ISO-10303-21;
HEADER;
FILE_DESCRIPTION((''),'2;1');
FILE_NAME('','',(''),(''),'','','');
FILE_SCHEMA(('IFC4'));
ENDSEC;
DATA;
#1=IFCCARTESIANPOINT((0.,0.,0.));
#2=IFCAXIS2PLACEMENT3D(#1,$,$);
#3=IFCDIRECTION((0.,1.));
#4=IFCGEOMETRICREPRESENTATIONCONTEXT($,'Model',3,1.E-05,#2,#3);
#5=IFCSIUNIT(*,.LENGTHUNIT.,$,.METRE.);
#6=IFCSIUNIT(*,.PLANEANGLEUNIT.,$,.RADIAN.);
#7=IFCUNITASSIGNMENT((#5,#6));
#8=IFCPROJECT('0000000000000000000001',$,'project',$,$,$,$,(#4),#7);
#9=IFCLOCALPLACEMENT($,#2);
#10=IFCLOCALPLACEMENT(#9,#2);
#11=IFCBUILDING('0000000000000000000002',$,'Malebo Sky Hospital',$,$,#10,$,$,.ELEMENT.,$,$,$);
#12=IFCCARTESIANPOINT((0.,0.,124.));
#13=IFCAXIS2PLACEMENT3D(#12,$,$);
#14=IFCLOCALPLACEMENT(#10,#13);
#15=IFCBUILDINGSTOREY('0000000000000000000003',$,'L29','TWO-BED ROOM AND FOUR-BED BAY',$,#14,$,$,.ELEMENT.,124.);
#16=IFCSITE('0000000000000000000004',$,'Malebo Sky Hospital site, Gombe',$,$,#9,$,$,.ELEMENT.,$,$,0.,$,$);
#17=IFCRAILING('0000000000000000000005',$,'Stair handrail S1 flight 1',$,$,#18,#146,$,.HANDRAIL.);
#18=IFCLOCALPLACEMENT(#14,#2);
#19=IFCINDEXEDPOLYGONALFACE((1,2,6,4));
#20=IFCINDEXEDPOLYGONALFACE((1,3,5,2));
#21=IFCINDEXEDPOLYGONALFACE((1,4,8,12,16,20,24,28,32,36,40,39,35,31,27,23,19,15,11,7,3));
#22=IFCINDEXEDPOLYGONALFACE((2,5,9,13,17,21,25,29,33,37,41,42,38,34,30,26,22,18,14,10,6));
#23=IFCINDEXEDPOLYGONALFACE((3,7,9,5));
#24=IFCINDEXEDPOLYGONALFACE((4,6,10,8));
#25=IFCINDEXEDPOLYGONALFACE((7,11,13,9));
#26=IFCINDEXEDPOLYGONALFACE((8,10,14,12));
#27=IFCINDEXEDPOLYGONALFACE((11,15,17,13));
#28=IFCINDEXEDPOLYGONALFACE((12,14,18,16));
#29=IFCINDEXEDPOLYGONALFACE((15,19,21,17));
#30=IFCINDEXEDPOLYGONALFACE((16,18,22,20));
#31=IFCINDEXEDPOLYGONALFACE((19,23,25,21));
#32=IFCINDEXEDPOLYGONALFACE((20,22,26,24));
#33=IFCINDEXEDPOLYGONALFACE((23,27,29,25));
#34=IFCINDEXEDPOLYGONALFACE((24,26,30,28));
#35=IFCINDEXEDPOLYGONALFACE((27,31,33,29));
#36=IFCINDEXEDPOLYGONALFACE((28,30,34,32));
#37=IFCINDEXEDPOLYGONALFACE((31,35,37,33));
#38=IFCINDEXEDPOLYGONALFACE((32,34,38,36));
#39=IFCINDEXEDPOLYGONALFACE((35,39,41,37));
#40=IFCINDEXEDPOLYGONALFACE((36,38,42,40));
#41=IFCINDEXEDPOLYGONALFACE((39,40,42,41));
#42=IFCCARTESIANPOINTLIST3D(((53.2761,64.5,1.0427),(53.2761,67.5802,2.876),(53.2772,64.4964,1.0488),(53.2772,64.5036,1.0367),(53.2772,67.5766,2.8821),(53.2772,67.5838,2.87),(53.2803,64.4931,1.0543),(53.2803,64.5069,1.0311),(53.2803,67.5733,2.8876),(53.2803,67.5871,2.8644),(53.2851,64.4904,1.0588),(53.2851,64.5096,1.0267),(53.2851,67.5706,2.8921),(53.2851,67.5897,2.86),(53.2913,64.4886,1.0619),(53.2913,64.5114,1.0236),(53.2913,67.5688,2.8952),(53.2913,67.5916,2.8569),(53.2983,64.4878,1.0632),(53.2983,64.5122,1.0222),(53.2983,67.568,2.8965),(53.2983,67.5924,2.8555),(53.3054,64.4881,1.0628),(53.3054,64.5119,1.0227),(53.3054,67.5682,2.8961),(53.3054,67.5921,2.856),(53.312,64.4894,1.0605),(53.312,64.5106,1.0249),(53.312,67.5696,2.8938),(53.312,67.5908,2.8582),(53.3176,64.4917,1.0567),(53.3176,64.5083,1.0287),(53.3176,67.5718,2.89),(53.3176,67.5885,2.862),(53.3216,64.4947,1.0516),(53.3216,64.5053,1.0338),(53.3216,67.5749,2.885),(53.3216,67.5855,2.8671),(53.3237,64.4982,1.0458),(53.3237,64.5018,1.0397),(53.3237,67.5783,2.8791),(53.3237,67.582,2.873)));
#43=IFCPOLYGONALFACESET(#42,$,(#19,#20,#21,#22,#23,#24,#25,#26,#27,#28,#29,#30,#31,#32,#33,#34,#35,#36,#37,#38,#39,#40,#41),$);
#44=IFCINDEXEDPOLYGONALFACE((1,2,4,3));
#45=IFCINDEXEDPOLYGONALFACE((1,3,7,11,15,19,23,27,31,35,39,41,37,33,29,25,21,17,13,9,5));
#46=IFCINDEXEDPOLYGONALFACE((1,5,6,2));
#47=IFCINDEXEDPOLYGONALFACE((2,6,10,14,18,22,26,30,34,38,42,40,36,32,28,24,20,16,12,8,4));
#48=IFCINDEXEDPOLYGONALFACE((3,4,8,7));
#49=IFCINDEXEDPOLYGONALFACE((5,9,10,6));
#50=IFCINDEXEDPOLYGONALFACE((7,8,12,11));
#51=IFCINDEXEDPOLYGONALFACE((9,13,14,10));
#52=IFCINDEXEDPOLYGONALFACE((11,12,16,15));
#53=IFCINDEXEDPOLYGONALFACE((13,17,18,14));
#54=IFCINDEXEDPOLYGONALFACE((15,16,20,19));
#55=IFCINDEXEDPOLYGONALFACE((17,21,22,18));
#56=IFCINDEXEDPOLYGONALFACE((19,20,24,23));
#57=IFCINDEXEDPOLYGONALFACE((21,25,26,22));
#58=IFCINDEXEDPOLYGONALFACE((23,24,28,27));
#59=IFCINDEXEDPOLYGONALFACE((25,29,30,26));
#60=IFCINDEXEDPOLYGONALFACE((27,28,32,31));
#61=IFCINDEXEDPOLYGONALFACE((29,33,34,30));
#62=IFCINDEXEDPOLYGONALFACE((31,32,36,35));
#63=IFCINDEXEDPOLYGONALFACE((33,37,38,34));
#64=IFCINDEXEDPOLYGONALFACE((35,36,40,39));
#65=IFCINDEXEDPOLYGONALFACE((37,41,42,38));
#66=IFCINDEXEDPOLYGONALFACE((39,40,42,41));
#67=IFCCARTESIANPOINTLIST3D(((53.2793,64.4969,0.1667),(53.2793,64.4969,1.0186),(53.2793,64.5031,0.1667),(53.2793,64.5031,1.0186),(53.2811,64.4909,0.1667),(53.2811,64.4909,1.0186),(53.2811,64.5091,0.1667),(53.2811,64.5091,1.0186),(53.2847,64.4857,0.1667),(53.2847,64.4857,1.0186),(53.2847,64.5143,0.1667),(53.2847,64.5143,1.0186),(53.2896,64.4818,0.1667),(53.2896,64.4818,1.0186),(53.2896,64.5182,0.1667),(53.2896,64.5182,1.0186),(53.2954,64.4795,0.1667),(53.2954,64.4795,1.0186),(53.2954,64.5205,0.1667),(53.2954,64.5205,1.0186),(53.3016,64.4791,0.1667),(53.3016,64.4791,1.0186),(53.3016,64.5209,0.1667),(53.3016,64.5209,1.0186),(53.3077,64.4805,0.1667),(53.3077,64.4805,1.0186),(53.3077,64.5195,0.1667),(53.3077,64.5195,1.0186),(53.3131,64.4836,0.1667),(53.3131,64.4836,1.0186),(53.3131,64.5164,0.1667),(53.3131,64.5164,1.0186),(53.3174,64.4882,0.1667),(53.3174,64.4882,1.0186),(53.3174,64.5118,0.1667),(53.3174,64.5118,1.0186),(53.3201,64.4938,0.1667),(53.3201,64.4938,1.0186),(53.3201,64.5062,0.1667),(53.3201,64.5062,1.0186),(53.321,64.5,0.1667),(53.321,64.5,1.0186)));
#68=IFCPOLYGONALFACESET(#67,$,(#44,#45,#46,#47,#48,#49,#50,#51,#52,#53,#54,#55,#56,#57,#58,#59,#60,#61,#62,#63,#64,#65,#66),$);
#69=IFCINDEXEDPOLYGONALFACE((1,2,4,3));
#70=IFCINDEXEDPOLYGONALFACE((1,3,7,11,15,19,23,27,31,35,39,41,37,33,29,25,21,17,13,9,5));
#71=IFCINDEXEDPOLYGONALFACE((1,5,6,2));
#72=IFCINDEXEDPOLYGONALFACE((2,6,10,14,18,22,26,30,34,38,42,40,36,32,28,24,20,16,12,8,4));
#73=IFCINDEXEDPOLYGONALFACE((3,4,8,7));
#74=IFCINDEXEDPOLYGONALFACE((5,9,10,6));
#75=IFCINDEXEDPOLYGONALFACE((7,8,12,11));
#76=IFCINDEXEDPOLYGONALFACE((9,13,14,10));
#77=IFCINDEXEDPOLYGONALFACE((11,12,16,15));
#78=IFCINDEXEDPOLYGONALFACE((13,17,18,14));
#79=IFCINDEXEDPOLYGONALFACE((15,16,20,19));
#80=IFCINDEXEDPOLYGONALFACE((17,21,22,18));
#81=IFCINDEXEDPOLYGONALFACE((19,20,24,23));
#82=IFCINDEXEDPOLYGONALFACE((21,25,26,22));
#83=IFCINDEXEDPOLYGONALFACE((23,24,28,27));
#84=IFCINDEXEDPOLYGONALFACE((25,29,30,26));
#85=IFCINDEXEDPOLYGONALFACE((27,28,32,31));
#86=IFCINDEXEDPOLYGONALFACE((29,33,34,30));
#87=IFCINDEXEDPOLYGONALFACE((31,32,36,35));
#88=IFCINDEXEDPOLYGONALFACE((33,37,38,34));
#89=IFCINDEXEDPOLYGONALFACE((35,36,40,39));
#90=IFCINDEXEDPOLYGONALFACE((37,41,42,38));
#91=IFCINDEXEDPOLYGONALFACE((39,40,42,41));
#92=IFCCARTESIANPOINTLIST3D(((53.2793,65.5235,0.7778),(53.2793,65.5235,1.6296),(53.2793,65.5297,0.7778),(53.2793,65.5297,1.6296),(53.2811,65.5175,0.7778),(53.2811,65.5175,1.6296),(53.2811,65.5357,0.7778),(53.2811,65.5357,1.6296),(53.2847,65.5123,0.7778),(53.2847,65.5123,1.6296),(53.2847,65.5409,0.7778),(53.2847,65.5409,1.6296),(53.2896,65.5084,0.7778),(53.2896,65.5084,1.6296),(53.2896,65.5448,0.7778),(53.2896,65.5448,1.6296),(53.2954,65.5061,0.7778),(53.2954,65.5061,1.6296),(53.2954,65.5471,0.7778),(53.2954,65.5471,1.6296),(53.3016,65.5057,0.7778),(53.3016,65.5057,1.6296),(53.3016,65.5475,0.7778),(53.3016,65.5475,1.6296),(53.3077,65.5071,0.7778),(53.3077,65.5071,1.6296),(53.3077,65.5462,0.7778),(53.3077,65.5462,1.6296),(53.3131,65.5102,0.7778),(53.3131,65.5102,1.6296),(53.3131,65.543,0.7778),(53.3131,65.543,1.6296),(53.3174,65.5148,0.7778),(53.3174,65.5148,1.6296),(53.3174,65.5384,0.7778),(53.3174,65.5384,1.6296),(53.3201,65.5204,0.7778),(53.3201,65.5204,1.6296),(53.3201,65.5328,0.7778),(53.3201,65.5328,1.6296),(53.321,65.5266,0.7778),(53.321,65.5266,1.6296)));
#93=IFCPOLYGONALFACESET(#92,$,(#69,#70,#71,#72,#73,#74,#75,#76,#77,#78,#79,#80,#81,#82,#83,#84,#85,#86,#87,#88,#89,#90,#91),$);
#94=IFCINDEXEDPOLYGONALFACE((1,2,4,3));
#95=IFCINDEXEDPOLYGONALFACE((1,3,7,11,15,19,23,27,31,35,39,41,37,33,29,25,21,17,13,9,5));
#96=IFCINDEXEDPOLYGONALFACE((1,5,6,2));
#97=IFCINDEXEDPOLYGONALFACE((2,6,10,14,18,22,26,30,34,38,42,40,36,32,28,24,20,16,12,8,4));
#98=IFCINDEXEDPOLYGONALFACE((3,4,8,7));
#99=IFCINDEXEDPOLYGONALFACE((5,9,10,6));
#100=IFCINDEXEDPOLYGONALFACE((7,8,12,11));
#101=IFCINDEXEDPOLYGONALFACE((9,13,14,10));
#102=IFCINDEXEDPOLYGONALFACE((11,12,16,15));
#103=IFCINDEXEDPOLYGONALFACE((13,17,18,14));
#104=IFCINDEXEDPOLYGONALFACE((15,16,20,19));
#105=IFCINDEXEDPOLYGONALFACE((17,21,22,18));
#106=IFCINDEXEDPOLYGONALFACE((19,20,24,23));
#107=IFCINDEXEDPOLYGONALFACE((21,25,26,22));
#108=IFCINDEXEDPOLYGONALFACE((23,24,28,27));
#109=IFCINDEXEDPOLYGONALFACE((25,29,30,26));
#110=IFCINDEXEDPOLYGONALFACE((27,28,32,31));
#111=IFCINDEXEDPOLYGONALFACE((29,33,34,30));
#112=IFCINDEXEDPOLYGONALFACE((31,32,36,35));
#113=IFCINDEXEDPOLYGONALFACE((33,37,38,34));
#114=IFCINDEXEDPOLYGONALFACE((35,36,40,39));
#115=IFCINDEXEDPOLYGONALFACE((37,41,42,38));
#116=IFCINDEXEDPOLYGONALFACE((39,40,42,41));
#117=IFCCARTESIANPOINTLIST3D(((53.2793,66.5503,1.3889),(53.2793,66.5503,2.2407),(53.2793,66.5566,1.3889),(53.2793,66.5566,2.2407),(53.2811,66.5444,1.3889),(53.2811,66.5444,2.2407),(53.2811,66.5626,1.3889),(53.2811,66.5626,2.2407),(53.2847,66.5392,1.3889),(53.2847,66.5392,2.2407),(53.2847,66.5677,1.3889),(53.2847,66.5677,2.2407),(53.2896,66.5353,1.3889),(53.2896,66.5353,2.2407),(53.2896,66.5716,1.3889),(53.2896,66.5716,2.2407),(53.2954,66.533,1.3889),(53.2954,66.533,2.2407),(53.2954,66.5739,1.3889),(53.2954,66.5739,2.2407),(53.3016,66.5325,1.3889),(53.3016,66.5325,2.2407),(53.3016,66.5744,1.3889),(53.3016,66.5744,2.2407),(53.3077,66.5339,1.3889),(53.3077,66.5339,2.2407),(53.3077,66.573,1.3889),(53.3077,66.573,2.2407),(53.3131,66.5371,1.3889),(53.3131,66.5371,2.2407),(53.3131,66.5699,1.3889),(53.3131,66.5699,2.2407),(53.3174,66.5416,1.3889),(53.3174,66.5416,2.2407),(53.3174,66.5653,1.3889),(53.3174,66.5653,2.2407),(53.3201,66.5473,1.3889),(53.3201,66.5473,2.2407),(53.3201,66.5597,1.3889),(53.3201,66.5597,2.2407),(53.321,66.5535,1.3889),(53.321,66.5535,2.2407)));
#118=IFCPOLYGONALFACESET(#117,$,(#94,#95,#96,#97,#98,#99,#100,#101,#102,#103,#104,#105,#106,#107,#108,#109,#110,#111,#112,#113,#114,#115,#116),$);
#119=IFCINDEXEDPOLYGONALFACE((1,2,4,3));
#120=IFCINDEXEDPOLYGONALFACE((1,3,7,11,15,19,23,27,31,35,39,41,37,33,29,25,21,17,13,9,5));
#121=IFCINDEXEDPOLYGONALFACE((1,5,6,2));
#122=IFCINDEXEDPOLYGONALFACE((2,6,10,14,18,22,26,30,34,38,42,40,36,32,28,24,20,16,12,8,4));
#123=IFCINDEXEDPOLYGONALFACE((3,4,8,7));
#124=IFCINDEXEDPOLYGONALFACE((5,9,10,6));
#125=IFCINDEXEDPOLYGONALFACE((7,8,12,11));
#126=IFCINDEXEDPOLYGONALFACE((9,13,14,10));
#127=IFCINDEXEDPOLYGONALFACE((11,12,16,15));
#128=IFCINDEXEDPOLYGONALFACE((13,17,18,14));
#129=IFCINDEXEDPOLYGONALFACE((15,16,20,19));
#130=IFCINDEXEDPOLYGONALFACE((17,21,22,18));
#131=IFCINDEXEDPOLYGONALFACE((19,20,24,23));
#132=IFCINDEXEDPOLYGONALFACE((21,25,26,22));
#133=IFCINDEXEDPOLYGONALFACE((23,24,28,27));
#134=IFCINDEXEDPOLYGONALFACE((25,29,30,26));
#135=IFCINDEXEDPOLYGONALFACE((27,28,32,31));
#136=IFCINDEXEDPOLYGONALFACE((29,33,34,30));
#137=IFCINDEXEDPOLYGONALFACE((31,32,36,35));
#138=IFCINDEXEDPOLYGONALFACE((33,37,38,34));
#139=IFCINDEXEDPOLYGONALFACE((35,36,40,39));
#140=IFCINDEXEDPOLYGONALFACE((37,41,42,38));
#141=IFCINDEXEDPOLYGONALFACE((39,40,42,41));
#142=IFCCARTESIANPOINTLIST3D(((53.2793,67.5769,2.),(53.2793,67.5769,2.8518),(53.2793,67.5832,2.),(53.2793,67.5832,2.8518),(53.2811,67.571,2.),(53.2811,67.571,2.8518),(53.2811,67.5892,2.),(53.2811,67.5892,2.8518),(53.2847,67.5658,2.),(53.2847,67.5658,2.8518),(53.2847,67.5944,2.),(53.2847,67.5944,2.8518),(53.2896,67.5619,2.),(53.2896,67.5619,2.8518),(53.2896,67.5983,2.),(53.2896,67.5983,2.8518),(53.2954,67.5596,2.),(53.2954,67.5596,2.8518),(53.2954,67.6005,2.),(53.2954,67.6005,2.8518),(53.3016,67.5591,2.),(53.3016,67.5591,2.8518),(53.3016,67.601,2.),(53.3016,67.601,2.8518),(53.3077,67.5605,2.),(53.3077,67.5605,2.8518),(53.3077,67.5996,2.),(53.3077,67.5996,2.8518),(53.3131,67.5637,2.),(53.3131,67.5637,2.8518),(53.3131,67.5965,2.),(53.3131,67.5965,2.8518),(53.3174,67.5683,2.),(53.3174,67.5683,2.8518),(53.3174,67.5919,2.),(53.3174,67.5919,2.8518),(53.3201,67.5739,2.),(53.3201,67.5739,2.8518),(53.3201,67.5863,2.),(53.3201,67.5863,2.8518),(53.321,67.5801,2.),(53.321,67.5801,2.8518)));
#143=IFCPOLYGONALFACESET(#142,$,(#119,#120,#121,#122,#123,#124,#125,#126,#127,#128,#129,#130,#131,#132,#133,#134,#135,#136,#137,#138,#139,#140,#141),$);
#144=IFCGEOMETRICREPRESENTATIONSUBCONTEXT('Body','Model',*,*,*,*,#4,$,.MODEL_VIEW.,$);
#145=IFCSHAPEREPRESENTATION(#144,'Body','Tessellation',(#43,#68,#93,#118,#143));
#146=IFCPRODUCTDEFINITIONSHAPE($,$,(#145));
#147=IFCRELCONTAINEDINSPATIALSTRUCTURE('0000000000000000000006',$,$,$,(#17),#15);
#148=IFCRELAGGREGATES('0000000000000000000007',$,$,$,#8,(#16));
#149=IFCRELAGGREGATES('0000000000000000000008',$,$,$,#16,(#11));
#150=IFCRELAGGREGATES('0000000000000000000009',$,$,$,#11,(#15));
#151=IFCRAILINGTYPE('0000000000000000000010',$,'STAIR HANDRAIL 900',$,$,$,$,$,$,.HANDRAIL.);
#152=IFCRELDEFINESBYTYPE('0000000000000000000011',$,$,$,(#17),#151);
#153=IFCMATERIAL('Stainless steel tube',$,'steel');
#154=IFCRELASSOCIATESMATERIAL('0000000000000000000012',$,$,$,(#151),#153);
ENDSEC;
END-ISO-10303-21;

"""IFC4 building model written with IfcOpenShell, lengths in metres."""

from ifc_helpers import new_model, si_unit, direction, frame, origin, origin_2d, place, context, subcontext, project, spatial, circle, extrude, material, type_object, element, save


model = new_model("IFC4")

# Units and contexts
model_context = context("Model", 3, precision=1e-05, world=origin(), true_north=direction((0.0, 1.0)))
body_context = subcontext(model_context, "Body", "Model", "MODEL_VIEW")
ifc_project = project(units=[si_unit("LENGTHUNIT", "METRE"), si_unit("PLANEANGLEUNIT", "RADIAN")], contexts=[model_context])

# Site, building, storey
site_placement = place(None, origin())
site = spatial("IfcSite", under=ifc_project, at=site_placement, Name="Malebo Sky Hospital site, Gombe", CompositionType="ELEMENT", RefElevation=0.0)
building_placement = place(site_placement, origin())
building = spatial("IfcBuilding", under=site, at=building_placement, Name="Malebo Sky Hospital", CompositionType="ELEMENT")
storey_placement = place(building_placement, frame((0.0, 0.0, 124.0)))
storey = spatial("IfcBuildingStorey", under=building, at=storey_placement, Name="L29", Description="TWO-BED ROOM AND FOUR-BED BAY", CompositionType="ELEMENT", Elevation=124.0)

# Railing
ifc_material_1 = material(Name="Stainless steel tube", Category="steel")
railing_type = type_object("IfcRailingType", Name="STAIR HANDRAIL 900", PredefinedType="HANDRAIL", material=ifc_material_1)
railing_1_placement = place(storey_placement, frame((53.3, 64.5, 0.1667)))
element("IfcRailing", 1, at=railing_1_placement, inside=storey, type_object=railing_type, Name="Stair handrail S1 flight 1", PredefinedType="HANDRAIL", context=body_context, shape_type="SweptSolid", body=[
    extrude(circle(Radius=0.0239, at=origin_2d()), frame((0.0, 0.0, 0.876), z_axis=(0.0, 0.859309, 0.511458), x_axis=(-1.0, 0.0, 0.0)), (0.0, 0.0, 1.0), 3.5845),
    extrude(circle(Radius=0.021, at=origin_2d()), origin(), (0.0, 0.0, 1.0), 0.8518),
    extrude(circle(Radius=0.021, at=origin_2d()), frame((0.0, 1.0266, 0.6111)), (0.0, 0.0, 1.0), 0.8518),
    extrude(circle(Radius=0.021, at=origin_2d()), frame((0.0, 2.0535, 1.2222)), (0.0, 0.0, 1.0), 0.8518),
    extrude(circle(Radius=0.021, at=origin_2d()), frame((0.0, 3.0801, 1.8333)), (0.0, 0.0, 1.0), 0.8518),
])

save(model, "model.ifc")
